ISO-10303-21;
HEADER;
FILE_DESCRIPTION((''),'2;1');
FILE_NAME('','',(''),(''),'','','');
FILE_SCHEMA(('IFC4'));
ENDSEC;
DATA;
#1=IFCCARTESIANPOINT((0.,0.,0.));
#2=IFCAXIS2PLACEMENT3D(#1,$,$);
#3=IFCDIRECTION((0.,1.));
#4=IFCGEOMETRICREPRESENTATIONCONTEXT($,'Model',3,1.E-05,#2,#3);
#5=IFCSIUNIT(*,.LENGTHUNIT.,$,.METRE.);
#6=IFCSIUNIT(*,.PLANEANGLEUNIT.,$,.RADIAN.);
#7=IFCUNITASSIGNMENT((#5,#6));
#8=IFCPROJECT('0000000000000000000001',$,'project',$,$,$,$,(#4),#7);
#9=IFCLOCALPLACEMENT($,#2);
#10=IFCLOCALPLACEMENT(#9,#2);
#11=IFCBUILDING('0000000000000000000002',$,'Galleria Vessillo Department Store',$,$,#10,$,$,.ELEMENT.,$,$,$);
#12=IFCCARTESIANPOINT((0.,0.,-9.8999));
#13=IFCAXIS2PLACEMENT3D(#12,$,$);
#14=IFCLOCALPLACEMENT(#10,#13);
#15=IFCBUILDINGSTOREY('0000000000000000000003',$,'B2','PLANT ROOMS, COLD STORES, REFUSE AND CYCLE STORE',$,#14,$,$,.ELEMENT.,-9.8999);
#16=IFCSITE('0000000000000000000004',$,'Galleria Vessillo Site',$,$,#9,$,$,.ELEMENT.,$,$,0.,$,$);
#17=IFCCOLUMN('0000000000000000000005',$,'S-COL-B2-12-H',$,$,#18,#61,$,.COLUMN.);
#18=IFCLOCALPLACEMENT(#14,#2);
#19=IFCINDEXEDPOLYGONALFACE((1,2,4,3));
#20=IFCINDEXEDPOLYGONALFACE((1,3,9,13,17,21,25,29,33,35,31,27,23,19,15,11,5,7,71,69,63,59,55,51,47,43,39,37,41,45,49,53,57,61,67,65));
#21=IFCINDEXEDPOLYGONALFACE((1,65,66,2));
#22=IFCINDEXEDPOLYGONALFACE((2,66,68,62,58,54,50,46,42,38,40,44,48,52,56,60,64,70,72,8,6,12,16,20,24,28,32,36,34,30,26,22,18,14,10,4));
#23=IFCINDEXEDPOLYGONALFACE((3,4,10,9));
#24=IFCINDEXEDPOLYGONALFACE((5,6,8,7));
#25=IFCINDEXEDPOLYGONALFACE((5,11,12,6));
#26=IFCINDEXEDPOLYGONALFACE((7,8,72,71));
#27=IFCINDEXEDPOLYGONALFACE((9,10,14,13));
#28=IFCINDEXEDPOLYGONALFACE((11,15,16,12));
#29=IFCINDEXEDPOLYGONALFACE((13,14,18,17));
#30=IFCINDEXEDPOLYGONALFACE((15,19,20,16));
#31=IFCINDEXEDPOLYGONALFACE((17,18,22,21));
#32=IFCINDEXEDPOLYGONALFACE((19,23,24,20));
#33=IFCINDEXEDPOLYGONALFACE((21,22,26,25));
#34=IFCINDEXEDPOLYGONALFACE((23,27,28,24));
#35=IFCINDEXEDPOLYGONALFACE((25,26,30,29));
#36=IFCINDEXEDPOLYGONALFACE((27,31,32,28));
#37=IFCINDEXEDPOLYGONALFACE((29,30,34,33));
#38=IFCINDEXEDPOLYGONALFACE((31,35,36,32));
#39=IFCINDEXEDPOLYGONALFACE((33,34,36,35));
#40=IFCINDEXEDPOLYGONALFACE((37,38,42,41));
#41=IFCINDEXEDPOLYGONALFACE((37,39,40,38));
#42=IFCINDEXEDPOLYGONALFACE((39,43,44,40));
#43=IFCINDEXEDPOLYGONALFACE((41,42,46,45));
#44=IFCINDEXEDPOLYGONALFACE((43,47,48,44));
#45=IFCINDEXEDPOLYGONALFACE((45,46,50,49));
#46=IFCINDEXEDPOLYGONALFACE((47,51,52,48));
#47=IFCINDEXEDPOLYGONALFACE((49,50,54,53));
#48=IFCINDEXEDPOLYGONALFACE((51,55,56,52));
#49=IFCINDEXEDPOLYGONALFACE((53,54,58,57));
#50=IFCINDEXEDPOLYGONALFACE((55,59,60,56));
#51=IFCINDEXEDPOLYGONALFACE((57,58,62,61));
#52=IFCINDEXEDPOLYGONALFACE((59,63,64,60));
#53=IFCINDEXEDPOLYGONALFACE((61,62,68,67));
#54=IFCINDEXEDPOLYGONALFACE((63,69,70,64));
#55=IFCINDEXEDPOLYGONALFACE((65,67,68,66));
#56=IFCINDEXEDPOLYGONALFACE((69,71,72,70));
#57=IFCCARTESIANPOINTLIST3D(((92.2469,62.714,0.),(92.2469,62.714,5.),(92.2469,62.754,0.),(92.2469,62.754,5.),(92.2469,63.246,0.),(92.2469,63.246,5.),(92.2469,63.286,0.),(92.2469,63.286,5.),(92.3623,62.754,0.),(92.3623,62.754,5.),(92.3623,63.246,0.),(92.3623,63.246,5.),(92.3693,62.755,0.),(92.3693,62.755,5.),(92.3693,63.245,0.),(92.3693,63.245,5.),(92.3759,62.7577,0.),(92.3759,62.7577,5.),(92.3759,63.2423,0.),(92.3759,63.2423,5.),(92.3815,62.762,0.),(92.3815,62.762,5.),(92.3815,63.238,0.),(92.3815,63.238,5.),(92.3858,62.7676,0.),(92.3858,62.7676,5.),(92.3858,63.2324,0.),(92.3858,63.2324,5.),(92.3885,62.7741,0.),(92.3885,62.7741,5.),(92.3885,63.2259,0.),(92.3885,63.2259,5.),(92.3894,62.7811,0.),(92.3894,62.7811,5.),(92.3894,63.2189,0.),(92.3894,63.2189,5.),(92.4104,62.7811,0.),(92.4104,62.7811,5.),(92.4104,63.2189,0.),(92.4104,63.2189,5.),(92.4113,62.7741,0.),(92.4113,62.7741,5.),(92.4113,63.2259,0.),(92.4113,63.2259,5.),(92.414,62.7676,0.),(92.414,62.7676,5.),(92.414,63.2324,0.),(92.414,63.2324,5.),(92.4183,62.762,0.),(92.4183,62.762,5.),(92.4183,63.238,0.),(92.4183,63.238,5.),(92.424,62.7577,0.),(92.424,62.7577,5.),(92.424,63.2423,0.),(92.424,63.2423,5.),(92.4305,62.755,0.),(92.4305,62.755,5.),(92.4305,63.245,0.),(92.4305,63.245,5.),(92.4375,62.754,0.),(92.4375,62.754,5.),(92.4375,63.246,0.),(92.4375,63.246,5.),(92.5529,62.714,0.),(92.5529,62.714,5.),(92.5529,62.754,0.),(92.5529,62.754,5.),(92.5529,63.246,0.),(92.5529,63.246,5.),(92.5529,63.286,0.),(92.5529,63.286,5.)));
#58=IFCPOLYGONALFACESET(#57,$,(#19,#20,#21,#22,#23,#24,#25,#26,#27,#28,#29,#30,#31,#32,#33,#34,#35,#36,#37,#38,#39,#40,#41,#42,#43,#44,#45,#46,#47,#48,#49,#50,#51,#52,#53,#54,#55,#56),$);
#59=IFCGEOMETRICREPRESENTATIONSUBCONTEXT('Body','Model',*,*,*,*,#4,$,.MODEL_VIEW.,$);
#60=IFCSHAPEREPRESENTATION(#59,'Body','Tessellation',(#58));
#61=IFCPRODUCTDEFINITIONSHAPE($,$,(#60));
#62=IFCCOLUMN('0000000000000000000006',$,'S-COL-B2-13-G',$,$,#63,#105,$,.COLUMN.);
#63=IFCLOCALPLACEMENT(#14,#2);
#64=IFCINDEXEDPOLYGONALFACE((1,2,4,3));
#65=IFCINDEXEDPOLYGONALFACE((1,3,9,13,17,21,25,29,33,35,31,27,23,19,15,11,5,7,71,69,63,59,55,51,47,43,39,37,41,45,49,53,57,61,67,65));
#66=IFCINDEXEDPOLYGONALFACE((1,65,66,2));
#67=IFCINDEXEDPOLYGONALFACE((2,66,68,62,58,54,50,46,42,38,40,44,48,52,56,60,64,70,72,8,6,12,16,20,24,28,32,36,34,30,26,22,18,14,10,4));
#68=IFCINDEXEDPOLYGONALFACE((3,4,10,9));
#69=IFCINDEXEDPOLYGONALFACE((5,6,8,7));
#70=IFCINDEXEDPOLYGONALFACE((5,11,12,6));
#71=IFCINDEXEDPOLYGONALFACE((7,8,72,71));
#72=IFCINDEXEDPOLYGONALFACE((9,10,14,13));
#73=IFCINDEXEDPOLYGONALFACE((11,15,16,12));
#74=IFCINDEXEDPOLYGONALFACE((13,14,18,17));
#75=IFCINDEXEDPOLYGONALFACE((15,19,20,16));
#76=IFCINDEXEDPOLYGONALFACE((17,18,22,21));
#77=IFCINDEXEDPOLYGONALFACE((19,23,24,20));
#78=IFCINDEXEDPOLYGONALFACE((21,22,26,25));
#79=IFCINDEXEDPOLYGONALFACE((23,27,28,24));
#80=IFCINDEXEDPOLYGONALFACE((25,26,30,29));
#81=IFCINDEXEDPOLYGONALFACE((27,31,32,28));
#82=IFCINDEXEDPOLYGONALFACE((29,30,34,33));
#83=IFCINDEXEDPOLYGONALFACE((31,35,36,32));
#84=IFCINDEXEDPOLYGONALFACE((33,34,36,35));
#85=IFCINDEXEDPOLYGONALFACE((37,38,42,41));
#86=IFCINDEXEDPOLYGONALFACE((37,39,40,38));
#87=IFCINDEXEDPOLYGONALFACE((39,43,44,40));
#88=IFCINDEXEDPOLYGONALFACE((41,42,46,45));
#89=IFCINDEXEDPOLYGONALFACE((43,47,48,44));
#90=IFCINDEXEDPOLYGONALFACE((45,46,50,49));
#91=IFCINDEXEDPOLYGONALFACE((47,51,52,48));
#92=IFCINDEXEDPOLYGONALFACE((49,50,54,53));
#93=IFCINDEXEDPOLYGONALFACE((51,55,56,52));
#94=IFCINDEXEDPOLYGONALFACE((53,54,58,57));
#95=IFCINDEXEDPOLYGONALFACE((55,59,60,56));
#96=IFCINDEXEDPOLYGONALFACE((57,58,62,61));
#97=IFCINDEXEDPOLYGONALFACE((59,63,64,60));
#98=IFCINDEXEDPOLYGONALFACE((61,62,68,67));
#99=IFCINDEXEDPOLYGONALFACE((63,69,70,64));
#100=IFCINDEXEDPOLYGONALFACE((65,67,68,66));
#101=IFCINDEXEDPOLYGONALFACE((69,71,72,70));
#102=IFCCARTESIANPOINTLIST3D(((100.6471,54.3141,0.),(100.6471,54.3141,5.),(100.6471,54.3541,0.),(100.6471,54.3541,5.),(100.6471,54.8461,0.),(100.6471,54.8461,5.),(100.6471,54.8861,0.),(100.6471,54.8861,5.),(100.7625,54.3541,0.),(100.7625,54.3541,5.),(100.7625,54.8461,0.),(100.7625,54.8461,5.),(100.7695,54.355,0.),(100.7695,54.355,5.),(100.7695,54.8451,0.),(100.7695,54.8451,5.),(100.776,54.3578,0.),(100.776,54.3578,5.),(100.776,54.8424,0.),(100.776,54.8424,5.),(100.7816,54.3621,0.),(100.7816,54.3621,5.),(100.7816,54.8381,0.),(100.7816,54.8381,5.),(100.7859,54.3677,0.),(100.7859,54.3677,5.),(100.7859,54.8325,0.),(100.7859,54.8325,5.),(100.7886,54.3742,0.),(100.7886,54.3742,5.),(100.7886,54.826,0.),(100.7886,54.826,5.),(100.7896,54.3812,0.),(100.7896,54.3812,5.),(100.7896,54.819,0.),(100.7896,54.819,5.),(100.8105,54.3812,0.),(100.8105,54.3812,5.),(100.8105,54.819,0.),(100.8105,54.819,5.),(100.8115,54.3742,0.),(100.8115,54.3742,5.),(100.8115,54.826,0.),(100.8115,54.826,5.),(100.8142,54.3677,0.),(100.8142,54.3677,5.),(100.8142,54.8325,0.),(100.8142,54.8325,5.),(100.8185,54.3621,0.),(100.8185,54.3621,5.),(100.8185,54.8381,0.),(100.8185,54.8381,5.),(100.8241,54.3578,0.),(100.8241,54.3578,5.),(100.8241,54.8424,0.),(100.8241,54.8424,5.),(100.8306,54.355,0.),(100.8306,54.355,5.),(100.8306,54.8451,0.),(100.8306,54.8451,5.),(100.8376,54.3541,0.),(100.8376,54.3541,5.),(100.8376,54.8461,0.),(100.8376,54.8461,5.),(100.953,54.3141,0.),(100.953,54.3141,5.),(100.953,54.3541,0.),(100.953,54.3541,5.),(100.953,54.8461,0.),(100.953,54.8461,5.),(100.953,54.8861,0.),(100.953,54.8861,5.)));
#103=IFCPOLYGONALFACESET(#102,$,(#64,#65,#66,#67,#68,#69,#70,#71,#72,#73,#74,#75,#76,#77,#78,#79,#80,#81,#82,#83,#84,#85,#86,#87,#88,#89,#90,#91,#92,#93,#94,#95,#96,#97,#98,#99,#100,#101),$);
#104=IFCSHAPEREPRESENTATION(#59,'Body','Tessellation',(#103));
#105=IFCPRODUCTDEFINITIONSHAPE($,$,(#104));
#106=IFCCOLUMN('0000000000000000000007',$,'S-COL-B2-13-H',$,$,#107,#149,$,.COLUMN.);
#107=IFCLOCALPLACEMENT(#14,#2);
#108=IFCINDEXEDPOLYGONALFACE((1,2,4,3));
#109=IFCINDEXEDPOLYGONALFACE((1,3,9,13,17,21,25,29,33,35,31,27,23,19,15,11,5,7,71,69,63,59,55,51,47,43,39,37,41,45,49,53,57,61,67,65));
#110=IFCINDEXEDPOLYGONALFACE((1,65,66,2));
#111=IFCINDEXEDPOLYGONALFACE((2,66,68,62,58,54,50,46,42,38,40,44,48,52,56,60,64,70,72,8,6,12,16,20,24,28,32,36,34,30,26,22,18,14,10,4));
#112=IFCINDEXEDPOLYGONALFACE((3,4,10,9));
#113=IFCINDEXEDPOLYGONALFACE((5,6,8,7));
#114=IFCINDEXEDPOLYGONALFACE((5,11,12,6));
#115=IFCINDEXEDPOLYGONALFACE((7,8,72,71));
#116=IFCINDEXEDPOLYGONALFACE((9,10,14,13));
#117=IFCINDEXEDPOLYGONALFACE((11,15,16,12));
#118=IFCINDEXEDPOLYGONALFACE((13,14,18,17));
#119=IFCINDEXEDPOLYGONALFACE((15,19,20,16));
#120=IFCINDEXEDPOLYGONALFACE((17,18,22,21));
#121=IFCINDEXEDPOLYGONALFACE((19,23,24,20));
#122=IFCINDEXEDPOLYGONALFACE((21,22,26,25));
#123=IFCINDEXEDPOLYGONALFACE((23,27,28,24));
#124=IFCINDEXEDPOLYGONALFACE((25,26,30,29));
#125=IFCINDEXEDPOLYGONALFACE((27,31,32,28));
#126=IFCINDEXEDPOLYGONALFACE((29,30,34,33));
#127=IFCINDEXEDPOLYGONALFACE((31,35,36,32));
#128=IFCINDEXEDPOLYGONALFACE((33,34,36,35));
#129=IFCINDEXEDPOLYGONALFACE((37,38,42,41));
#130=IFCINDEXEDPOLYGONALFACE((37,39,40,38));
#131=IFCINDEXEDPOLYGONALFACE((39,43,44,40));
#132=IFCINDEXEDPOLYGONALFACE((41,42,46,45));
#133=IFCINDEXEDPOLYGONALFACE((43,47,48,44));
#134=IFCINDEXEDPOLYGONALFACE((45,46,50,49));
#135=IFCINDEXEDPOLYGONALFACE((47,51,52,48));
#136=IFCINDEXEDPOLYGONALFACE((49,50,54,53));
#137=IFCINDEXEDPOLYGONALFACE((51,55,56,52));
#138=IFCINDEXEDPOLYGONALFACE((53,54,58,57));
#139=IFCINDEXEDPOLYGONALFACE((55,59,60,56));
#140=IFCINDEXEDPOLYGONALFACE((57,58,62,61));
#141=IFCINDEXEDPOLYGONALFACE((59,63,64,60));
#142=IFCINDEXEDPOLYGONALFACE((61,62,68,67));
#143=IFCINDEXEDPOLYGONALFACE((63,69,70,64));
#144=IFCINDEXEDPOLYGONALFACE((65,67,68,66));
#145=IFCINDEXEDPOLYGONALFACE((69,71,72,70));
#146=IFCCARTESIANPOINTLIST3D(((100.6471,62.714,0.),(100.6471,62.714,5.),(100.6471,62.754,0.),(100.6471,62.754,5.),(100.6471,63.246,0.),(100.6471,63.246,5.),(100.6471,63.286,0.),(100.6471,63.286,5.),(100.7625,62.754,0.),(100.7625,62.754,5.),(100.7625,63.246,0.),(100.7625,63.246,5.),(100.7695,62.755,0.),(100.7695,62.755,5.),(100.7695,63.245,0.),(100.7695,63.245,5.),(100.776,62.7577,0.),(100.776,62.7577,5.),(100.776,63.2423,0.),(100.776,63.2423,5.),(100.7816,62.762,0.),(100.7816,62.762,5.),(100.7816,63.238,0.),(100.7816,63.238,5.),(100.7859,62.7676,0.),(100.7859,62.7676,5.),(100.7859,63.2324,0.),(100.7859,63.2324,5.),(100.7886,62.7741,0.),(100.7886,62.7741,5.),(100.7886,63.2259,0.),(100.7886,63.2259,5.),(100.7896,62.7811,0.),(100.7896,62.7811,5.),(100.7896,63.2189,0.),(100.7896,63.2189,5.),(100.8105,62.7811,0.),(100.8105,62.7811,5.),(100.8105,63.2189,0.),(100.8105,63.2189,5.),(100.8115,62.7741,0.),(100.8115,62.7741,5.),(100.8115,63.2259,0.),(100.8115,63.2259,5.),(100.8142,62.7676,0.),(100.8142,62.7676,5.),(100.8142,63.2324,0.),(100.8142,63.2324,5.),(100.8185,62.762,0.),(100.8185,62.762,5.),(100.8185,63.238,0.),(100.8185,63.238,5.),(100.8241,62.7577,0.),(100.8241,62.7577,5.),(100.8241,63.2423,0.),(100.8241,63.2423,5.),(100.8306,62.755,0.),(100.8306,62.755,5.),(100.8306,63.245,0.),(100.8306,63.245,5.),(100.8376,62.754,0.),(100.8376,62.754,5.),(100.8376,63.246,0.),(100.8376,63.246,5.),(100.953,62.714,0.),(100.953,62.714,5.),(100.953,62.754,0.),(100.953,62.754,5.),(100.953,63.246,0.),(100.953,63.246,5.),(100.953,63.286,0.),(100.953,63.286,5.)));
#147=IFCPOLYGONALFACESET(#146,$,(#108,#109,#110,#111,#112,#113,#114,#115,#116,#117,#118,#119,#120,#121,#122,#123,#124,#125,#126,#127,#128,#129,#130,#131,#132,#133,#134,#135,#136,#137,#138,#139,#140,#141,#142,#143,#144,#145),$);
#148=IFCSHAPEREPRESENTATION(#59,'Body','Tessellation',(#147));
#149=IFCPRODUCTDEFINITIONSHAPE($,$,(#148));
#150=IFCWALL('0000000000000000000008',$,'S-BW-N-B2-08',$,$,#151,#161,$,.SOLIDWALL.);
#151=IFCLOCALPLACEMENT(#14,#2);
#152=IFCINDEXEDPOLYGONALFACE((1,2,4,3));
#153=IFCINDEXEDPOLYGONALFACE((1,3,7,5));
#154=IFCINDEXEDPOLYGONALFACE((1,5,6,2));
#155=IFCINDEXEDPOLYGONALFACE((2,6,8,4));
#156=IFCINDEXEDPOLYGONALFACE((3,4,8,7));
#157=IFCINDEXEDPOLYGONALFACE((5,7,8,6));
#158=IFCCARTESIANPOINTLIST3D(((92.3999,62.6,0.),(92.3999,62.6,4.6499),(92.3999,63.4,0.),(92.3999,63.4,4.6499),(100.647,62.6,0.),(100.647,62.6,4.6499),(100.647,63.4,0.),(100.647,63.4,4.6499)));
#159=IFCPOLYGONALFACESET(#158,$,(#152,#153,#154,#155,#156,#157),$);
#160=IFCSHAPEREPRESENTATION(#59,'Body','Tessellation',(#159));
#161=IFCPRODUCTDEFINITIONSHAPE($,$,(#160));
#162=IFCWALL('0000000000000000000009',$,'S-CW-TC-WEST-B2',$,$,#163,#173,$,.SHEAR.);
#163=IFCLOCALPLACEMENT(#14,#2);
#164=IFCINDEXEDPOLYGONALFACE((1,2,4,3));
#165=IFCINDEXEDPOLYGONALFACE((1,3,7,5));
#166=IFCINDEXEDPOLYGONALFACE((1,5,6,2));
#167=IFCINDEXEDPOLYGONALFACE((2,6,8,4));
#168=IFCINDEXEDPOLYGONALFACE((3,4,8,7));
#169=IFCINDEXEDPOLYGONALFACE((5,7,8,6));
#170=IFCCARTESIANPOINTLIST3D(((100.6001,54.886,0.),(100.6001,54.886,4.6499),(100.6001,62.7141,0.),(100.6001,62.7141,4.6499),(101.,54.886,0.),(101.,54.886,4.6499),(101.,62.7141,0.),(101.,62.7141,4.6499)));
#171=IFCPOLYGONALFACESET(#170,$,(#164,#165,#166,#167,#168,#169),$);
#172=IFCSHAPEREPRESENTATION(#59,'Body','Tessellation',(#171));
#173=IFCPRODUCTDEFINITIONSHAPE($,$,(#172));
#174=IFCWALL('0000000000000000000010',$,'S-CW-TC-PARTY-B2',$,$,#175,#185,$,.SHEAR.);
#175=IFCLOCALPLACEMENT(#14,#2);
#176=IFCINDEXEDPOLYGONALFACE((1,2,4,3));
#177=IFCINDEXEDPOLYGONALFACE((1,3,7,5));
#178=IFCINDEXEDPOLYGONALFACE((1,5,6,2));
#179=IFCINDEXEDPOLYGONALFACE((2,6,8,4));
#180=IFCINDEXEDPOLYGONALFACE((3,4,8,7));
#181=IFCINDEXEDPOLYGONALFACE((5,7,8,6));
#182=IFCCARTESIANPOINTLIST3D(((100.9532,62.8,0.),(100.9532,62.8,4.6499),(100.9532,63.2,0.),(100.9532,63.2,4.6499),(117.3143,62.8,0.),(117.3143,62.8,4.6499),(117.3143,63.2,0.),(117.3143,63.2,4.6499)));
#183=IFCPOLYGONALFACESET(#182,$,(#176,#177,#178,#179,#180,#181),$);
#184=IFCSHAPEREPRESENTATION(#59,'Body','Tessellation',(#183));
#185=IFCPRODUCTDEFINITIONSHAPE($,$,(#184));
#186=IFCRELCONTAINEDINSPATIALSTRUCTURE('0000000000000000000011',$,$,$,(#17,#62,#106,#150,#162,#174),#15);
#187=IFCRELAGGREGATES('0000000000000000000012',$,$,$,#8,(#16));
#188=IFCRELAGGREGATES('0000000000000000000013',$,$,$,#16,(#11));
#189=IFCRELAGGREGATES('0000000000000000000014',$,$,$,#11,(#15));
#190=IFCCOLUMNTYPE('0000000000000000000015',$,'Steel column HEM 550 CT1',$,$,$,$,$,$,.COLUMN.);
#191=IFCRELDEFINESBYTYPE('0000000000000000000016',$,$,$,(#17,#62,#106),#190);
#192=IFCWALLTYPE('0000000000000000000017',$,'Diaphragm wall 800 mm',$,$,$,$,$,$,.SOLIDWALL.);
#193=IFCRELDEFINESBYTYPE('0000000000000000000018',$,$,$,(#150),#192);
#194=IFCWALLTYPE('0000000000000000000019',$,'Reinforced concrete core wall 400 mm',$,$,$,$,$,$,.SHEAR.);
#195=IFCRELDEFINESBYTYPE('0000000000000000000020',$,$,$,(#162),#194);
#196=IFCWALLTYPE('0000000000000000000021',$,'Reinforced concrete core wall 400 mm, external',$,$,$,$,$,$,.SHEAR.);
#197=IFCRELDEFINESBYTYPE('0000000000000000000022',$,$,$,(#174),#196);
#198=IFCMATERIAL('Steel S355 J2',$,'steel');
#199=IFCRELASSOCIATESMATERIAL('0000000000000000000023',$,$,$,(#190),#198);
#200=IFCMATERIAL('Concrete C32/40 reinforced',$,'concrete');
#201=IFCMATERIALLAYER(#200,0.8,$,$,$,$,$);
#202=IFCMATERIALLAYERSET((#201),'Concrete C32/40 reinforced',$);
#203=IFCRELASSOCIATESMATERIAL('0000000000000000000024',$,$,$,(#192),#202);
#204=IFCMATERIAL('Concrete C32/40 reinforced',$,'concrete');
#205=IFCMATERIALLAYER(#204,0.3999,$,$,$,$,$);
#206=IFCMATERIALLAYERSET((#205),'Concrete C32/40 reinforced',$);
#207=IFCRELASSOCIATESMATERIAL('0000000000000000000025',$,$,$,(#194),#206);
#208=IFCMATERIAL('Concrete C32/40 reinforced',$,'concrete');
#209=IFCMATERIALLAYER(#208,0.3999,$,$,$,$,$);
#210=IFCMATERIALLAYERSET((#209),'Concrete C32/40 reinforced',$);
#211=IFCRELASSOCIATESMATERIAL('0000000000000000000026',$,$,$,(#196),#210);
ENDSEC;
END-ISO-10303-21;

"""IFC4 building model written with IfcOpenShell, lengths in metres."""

from ifc_helpers import new_model, si_unit, direction, frame, frame_2d, origin, origin_2d, place, context, subcontext, project, spatial, rectangle, i_section, extrude, material, layer, layer_set, material_profile, profile_set, type_object, element, save


model = new_model("IFC4")

# Units and contexts
model_context = context("Model", 3, precision=1e-05, world=origin(), true_north=direction((0.0, 1.0)))
body_context = subcontext(model_context, "Body", "Model", "MODEL_VIEW")
ifc_project = project(units=[si_unit("LENGTHUNIT", "METRE"), si_unit("PLANEANGLEUNIT", "RADIAN")], contexts=[model_context])

# Site, building, storey
site_placement = place(None, origin())
site = spatial("IfcSite", under=ifc_project, at=site_placement, Name="Galleria Vessillo Site", CompositionType="ELEMENT", RefElevation=0.0)
building_placement = place(site_placement, origin())
building = spatial("IfcBuilding", under=site, at=building_placement, Name="Galleria Vessillo Department Store", CompositionType="ELEMENT")
storey_placement = place(building_placement, frame((0.0, 0.0, -9.8999)))
storey = spatial("IfcBuildingStorey", under=building, at=storey_placement, Name="B2", Description="PLANT ROOMS, COLD STORES, REFUSE AND CYCLE STORE", CompositionType="ELEMENT", Elevation=-9.8999)

# Columns
ifc_material_1 = material(Name="Steel S355 J2", Category="steel")
ifc_material_profile_1 = material_profile(ifc_material_1, i_section(OverallWidth=0.3059, OverallDepth=0.572, WebThickness=0.021, FlangeThickness=0.04, FilletRadius=0.0271, at=origin_2d()), Name="HEM 550")
ifc_profile_set_1 = profile_set([ifc_material_profile_1], Name="Steel S355 J2")
column_type = type_object("IfcColumnType", Name="Steel column HEM 550 CT1", PredefinedType="COLUMN", material=ifc_profile_set_1)
for number, where, z_axis, x_axis, name in (
    (1, (92.3999, 63.0, 0.0), (0.0, 0.0, 1.0), (1.0, 0.0, 0.0), "S-COL-B2-12-H"),
    (2, (100.8, 54.6001, 0.0), (0.0, 0.0, 1.0), (1.0, 0.0, 0.0), "S-COL-B2-13-G"),
    (3, (100.8, 63.0, 0.0), (0.0, 0.0, 1.0), (1.0, 0.0, 0.0), "S-COL-B2-13-H"),
):
    element("IfcColumn", number, at=place(storey_placement, frame(where, z_axis=z_axis, x_axis=x_axis)), inside=storey, type_object=column_type, Name=name, PredefinedType="COLUMN", context=body_context, shape_type="SweptSolid", body=[
        extrude(i_section(OverallWidth=0.3059, OverallDepth=0.572, WebThickness=0.021, FlangeThickness=0.04, FilletRadius=0.0271, at=origin_2d()), origin(), (0.0, 0.0, 1.0), 5.0),
    ])

# Wall
ifc_material_2 = material(Name="Concrete C32/40 reinforced", Category="concrete")
ifc_layer_1 = layer(ifc_material_2, 0.8)
ifc_layer_set_1 = layer_set([ifc_layer_1], Name="Concrete C32/40 reinforced")
wall_type_1 = type_object("IfcWallType", Name="Diaphragm wall 800 mm", PredefinedType="SOLIDWALL", material=ifc_layer_set_1)
wall_1_placement = place(storey_placement, frame((92.3999, 63.0, 0.0), z_axis=(0.0, 0.0, 1.0), x_axis=(1.0, 0.0, 0.0)))
element("IfcWall", 4, at=wall_1_placement, inside=storey, type_object=wall_type_1, Name="S-BW-N-B2-08", PredefinedType="SOLIDWALL", context=body_context, shape_type="SweptSolid", body=[
    extrude(rectangle(XDim=8.2471, YDim=0.8, at=frame_2d((4.1235, 0.0))), origin(), (0.0, 0.0, 1.0), 4.6499),
])

# Shared definitions
ifc_material_3 = material(Name="Concrete C32/40 reinforced", Category="concrete")
ifc_layer_2 = layer(ifc_material_3, 0.3999)
ifc_layer_set_2 = layer_set([ifc_layer_2], Name="Concrete C32/40 reinforced")
wall_type_2 = type_object("IfcWallType", Name="Reinforced concrete core wall 400 mm", PredefinedType="SHEAR", material=ifc_layer_set_2)

# Walls
wall_2_placement = place(storey_placement, frame((100.8, 54.886, 0.0), z_axis=(0.0, 0.0, 1.0), x_axis=(0.0, 1.0, 0.0)))
element("IfcWall", 5, at=wall_2_placement, inside=storey, type_object=wall_type_2, Name="S-CW-TC-WEST-B2", PredefinedType="SHEAR", context=body_context, shape_type="SweptSolid", body=[
    extrude(rectangle(XDim=7.8281, YDim=0.3999, at=frame_2d((3.9141, 0.0))), origin(), (0.0, 0.0, 1.0), 4.6499),
])
ifc_material_4 = material(Name="Concrete C32/40 reinforced", Category="concrete")
ifc_layer_3 = layer(ifc_material_4, 0.3999)
ifc_layer_set_3 = layer_set([ifc_layer_3], Name="Concrete C32/40 reinforced")
wall_type_3 = type_object("IfcWallType", Name="Reinforced concrete core wall 400 mm, external", PredefinedType="SHEAR", material=ifc_layer_set_3)
wall_3_placement = place(storey_placement, frame((100.9531, 63.0, 0.0), z_axis=(0.0, 0.0, 1.0), x_axis=(1.0, 0.0, 0.0)))
element("IfcWall", 6, at=wall_3_placement, inside=storey, type_object=wall_type_3, Name="S-CW-TC-PARTY-B2", PredefinedType="SHEAR", context=body_context, shape_type="SweptSolid", body=[
    extrude(rectangle(XDim=16.3611, YDim=0.3999, at=frame_2d((8.1807, 0.0))), origin(), (0.0, 0.0, 1.0), 4.6499),
])

save(model, "model.ifc")
